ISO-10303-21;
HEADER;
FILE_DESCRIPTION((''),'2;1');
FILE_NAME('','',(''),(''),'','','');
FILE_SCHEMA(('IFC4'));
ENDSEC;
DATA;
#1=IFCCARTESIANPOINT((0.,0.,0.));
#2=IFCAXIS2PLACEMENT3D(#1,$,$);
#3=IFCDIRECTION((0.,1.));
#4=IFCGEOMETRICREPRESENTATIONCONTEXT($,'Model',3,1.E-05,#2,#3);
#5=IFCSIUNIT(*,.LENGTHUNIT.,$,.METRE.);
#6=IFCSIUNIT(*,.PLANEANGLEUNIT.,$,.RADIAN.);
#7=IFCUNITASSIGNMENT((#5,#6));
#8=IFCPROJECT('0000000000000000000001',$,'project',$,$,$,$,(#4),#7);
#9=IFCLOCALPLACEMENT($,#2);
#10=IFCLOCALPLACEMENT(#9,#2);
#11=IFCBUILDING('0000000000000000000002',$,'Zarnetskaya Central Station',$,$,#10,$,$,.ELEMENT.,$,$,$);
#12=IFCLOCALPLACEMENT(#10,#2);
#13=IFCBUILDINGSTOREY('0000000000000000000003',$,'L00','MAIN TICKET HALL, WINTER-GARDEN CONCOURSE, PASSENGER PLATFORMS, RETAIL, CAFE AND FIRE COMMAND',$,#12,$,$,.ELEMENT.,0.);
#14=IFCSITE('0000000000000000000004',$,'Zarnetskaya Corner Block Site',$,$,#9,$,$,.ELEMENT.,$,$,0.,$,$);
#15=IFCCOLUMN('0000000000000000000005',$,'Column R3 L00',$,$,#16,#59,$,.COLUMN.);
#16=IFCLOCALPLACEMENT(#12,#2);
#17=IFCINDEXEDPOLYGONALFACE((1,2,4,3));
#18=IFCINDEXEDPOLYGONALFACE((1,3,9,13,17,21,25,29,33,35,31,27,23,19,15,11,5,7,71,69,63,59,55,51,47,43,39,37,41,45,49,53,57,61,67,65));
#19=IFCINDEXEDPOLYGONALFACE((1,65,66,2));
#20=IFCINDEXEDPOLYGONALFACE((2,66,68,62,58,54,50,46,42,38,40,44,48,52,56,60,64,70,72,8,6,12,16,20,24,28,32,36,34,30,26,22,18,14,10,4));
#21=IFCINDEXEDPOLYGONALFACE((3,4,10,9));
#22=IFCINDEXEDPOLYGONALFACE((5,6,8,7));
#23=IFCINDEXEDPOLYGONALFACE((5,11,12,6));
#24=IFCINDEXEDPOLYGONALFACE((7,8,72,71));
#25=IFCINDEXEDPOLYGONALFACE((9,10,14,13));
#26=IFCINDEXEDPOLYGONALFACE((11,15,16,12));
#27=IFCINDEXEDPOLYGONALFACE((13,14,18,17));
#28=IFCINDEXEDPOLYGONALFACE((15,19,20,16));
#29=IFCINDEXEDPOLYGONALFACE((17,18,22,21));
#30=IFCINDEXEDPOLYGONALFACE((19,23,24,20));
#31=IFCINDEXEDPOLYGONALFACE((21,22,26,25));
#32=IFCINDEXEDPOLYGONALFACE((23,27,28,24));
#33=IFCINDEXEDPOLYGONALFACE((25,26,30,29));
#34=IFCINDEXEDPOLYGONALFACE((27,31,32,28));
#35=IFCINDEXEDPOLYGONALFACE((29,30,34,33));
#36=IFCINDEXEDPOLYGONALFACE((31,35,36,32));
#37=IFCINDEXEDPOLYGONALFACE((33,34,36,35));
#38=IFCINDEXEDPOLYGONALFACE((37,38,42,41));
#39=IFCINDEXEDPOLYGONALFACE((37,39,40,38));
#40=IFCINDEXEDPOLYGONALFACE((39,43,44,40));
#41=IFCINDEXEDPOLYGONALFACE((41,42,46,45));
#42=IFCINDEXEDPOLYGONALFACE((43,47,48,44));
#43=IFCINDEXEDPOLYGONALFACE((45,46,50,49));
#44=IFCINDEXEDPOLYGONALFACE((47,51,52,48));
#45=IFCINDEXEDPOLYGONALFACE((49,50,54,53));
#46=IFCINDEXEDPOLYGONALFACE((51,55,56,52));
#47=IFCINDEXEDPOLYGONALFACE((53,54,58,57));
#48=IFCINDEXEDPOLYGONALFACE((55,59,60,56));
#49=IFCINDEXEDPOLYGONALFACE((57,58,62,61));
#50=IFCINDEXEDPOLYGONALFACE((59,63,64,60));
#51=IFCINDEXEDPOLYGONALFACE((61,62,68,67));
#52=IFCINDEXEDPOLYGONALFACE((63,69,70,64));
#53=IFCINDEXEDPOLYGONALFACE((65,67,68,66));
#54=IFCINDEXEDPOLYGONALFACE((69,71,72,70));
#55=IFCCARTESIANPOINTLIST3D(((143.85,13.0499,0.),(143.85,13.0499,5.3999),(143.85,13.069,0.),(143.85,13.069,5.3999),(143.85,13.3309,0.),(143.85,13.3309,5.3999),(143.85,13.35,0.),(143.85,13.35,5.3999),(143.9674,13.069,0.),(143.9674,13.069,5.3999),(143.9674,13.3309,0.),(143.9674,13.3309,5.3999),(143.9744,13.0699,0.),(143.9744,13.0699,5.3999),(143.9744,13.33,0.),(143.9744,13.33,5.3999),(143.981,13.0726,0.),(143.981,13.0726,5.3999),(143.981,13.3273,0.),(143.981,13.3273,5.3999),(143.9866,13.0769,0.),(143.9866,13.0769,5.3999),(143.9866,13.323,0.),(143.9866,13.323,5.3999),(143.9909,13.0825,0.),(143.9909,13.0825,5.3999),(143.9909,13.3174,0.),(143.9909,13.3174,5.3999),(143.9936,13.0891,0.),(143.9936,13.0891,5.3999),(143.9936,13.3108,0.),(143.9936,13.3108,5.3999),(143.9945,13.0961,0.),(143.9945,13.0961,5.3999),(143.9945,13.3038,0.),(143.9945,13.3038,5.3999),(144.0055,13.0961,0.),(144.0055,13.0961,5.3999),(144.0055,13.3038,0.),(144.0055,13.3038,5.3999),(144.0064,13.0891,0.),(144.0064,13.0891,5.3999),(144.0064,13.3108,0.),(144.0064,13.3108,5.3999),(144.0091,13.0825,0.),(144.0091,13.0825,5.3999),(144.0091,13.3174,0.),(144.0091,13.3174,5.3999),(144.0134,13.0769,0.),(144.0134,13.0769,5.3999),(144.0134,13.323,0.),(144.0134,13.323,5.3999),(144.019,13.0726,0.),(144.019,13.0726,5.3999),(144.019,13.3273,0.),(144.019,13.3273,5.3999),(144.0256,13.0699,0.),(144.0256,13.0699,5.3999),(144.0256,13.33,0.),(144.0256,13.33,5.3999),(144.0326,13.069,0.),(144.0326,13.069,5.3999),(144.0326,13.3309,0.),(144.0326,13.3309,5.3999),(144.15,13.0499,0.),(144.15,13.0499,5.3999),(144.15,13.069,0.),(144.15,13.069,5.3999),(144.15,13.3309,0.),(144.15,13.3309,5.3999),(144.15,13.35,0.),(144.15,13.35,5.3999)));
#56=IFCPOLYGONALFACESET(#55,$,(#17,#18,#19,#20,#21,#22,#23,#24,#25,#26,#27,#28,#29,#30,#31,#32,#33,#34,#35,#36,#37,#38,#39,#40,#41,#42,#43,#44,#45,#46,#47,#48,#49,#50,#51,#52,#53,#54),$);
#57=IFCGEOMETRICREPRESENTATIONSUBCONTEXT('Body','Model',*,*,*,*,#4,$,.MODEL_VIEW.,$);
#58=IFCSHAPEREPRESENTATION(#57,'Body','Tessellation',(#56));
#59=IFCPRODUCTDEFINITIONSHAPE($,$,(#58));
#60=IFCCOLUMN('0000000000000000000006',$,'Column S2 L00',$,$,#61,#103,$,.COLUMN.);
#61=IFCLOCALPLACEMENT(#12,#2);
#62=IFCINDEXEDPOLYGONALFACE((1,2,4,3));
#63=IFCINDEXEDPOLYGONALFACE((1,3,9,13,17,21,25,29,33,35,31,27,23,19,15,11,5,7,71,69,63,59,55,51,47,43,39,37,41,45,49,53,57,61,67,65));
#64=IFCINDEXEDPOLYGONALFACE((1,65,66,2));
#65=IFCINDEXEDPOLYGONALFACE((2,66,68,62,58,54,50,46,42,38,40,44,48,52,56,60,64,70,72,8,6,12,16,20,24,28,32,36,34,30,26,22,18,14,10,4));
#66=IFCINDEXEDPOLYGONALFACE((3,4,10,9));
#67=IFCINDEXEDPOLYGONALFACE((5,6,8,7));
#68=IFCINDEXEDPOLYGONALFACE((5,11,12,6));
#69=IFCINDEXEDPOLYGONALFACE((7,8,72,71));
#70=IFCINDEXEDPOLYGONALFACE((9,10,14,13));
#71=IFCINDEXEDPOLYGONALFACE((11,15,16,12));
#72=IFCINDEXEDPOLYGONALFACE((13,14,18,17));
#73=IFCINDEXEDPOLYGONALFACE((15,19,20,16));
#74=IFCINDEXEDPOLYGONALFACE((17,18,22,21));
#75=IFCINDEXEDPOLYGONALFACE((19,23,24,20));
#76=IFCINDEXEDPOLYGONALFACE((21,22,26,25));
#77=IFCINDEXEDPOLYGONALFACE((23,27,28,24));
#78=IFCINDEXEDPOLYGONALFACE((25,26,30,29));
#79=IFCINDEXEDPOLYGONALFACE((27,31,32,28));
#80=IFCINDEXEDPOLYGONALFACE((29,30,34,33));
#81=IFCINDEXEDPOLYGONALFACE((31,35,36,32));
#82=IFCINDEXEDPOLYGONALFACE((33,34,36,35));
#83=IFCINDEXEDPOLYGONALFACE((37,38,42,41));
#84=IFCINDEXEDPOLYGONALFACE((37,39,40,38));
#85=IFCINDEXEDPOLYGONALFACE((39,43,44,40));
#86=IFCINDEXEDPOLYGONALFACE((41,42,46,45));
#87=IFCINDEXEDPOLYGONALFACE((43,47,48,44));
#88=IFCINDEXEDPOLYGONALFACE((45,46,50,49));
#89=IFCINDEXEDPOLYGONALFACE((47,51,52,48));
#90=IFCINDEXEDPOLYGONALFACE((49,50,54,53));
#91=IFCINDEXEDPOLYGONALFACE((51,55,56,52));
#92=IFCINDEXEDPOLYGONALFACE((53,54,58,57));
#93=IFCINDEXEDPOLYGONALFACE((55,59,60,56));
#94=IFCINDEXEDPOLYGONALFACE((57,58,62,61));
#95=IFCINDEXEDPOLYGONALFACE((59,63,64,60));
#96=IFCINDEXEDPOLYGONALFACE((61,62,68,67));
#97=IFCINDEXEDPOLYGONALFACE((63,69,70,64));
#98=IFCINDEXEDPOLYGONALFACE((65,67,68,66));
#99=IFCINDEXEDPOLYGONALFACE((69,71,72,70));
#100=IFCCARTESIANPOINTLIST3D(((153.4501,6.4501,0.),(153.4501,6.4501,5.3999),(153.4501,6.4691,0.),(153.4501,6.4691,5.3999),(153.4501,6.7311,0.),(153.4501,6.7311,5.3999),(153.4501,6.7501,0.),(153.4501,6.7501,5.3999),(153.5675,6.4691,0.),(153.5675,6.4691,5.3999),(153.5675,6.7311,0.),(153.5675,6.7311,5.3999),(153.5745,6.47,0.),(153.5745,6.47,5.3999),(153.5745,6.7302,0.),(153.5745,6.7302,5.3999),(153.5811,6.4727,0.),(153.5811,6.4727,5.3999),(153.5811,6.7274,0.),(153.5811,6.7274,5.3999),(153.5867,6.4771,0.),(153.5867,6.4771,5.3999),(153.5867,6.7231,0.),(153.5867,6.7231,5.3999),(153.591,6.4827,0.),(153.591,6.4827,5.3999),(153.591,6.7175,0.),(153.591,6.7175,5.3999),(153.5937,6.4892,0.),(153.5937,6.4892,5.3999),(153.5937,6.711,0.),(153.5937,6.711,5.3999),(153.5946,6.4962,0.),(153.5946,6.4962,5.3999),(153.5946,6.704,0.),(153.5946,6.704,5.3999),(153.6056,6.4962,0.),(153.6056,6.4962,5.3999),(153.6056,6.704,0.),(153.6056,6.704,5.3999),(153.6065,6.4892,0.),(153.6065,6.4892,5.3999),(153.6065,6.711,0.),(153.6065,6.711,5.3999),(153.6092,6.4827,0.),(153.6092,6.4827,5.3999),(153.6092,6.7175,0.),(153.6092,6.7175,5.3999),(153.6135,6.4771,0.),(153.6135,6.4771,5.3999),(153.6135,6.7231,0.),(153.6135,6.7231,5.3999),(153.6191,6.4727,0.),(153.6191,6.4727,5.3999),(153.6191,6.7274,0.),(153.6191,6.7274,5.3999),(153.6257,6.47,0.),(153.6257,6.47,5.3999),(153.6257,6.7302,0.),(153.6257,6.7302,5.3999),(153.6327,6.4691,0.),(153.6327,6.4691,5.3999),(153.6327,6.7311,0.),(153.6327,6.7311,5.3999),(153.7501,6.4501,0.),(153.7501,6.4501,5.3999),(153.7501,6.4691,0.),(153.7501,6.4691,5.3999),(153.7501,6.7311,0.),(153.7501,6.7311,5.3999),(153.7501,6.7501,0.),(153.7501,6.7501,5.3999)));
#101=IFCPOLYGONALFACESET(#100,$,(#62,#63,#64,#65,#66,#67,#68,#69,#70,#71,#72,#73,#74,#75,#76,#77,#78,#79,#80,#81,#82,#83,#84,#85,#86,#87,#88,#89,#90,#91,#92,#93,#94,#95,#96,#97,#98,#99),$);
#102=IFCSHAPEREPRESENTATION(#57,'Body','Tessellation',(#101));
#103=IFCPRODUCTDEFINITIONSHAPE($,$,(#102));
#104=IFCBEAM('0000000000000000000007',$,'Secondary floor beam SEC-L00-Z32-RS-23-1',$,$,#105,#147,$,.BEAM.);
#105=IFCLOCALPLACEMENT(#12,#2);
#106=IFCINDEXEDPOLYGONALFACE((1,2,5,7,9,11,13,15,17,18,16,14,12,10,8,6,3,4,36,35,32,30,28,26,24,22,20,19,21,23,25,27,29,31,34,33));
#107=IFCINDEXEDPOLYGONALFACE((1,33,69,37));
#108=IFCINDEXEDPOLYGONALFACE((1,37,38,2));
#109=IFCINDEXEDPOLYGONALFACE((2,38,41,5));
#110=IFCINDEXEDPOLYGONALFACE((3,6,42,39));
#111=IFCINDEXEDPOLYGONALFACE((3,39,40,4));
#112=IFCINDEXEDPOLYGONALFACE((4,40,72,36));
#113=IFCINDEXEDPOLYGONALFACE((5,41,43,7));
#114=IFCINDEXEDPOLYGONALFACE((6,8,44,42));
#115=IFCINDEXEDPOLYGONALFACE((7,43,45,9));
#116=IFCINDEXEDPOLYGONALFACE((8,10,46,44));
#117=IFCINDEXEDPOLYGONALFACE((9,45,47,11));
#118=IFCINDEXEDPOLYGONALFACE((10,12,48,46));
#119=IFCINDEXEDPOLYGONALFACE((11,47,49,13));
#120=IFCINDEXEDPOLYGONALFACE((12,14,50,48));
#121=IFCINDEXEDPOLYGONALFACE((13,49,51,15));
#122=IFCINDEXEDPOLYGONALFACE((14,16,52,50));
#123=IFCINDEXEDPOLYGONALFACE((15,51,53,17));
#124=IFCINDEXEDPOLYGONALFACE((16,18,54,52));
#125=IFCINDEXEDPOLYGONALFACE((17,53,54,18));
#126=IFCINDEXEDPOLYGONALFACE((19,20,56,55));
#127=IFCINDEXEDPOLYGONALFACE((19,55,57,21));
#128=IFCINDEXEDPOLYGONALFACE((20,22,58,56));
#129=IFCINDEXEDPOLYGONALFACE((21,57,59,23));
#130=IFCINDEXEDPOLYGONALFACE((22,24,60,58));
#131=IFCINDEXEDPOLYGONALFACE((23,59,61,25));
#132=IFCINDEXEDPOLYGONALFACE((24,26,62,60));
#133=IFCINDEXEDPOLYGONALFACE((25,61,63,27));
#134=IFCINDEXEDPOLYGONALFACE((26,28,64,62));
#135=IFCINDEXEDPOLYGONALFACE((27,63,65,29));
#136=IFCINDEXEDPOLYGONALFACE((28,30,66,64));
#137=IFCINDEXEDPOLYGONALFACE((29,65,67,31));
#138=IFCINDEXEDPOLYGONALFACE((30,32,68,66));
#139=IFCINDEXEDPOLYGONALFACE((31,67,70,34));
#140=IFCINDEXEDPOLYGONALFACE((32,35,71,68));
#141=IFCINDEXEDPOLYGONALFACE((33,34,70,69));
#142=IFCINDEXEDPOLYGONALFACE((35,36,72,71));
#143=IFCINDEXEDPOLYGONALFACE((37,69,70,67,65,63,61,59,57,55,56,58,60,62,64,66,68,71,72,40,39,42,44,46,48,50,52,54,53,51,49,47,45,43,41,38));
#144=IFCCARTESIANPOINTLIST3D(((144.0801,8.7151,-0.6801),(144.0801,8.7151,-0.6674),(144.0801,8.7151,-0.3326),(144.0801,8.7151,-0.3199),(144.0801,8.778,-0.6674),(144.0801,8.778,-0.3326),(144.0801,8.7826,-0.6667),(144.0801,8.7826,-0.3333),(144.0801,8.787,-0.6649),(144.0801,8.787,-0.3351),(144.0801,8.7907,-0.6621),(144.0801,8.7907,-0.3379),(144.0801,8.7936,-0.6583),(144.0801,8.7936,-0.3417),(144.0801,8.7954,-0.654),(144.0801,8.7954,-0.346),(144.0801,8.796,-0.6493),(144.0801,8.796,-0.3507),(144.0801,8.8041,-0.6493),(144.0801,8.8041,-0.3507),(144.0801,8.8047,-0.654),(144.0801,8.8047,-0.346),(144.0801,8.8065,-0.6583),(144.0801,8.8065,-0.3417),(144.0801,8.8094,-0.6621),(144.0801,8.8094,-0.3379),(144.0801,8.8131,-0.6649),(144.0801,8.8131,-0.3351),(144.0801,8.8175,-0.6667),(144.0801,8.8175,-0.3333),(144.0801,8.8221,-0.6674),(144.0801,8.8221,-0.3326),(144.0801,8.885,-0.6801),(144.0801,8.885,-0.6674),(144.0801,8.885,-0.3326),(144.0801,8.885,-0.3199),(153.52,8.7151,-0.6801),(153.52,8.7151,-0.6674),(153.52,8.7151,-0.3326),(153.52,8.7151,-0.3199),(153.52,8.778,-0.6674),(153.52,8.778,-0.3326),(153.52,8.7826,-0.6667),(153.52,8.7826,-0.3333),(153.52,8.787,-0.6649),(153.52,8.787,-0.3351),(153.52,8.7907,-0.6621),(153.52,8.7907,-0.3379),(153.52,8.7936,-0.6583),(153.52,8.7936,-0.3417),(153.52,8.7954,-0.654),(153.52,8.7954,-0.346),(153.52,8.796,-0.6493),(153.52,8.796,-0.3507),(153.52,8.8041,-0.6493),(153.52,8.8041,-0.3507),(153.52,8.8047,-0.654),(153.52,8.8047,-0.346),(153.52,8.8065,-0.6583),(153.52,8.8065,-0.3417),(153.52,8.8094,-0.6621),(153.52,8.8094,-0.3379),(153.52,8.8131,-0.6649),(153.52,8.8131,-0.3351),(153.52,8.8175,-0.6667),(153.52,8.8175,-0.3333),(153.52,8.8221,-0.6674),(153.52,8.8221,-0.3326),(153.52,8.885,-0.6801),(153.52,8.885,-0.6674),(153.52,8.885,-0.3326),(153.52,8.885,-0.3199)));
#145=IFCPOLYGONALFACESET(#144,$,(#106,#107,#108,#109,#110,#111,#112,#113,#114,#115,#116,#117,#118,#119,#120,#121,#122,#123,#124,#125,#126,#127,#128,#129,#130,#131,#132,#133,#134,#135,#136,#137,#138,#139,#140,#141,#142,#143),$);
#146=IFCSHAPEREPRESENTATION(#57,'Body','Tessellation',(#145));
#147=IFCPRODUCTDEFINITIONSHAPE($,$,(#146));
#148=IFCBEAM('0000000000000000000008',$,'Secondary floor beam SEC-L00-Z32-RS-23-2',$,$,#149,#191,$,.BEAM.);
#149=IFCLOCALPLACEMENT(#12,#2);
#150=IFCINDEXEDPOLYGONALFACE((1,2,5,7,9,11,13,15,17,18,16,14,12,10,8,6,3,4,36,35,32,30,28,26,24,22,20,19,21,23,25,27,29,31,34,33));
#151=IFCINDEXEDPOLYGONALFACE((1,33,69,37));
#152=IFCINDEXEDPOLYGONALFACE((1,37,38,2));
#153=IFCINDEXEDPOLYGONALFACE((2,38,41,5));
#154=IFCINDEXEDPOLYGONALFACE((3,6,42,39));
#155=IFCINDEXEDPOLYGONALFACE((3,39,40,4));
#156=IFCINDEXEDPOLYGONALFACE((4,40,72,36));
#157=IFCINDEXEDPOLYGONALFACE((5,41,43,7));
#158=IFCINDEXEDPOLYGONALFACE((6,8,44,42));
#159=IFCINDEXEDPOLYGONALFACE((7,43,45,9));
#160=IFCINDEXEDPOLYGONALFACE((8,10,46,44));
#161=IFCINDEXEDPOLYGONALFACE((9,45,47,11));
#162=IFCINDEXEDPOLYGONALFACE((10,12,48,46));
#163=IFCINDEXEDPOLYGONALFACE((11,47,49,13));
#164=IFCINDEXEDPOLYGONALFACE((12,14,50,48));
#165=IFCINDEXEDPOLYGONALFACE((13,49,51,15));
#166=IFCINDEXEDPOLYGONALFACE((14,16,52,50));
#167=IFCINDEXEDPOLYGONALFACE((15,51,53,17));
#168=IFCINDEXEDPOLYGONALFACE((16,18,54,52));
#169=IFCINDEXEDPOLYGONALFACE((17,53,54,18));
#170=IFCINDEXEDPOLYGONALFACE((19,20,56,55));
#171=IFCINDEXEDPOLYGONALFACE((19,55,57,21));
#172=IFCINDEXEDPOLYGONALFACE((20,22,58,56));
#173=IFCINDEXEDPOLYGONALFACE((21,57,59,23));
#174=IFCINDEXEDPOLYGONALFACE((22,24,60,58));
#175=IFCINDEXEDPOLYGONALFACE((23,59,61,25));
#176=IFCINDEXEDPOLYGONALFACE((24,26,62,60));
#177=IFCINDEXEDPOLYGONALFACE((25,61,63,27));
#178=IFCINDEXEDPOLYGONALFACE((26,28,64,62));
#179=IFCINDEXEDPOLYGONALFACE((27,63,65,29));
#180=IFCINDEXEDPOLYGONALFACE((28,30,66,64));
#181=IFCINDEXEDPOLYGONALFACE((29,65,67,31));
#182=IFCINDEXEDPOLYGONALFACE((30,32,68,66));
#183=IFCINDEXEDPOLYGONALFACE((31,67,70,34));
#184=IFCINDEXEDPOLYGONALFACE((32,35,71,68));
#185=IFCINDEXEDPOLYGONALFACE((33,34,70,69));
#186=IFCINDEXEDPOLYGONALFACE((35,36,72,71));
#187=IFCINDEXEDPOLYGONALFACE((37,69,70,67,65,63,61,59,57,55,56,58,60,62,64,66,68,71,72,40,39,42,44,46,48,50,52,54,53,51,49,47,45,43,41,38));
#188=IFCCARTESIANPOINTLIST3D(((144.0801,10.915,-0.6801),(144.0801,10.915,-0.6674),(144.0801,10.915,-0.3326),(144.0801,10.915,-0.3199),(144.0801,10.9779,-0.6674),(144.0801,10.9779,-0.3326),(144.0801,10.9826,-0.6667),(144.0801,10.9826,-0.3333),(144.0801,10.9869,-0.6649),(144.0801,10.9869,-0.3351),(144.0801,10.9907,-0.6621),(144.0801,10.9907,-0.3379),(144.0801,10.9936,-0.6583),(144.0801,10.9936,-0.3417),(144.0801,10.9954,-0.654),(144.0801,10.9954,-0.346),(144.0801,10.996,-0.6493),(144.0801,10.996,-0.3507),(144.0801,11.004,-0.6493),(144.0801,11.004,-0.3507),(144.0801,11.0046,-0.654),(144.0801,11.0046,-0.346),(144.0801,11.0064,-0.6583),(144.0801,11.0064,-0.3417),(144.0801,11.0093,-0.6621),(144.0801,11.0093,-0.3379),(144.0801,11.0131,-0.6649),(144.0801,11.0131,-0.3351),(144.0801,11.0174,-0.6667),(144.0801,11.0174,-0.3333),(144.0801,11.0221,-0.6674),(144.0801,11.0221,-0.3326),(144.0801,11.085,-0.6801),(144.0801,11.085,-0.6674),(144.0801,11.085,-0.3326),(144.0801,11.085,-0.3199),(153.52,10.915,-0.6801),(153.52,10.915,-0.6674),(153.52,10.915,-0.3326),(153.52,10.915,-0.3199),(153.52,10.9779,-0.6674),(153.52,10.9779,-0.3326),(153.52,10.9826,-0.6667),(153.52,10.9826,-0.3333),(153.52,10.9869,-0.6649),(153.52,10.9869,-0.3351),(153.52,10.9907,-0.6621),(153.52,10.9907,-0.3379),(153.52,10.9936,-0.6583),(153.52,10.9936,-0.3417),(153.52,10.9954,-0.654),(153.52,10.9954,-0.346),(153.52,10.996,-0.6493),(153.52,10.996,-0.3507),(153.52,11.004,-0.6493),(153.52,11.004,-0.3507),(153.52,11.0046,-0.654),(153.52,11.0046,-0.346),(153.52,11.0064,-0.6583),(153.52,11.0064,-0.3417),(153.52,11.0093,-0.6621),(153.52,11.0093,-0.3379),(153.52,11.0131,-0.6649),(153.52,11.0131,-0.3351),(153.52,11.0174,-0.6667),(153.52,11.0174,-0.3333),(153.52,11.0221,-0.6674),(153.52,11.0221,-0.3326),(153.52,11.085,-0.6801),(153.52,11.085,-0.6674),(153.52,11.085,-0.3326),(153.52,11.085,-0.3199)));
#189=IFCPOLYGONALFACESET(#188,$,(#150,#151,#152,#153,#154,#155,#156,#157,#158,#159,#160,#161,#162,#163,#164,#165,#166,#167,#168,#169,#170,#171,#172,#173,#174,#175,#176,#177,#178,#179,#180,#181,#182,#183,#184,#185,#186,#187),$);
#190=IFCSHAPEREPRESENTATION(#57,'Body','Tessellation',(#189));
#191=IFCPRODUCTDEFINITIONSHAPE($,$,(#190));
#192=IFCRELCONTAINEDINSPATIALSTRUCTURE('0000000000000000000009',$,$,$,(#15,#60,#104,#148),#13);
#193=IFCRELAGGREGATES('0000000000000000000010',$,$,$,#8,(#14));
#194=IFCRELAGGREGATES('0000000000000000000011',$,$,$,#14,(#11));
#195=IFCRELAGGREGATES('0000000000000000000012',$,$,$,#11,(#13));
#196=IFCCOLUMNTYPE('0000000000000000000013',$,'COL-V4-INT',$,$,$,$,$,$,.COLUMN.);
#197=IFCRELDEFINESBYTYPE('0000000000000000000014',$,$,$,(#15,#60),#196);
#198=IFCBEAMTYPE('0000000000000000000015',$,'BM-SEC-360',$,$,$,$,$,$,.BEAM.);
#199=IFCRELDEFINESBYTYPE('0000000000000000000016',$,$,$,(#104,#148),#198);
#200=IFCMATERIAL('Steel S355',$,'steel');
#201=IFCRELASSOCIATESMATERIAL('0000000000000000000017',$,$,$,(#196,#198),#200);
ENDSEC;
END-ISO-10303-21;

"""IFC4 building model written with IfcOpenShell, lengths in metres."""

from ifc_helpers import new_model, si_unit, direction, frame, origin, origin_2d, place, context, subcontext, project, spatial, i_section, extrude, material, material_profile, profile_set, type_object, element, save


model = new_model("IFC4")

# Units and contexts
model_context = context("Model", 3, precision=1e-05, world=origin(), true_north=direction((0.0, 1.0)))
body_context = subcontext(model_context, "Body", "Model", "MODEL_VIEW")
ifc_project = project(units=[si_unit("LENGTHUNIT", "METRE"), si_unit("PLANEANGLEUNIT", "RADIAN")], contexts=[model_context])

# Site, building, storey
site_placement = place(None, origin())
site = spatial("IfcSite", under=ifc_project, at=site_placement, Name="Zarnetskaya Corner Block Site", CompositionType="ELEMENT", RefElevation=0.0)
building_placement = place(site_placement, origin())
building = spatial("IfcBuilding", under=site, at=building_placement, Name="Zarnetskaya Central Station", CompositionType="ELEMENT")
storey_placement = place(building_placement, origin())
storey = spatial("IfcBuildingStorey", under=building, at=storey_placement, Name="L00", Description="MAIN TICKET HALL, WINTER-GARDEN CONCOURSE, PASSENGER PLATFORMS, RETAIL, CAFE AND FIRE COMMAND", CompositionType="ELEMENT", Elevation=0.0)

# Columns
ifc_material_1 = material(Name="Steel S355", Category="steel")
ifc_material_profile_1 = material_profile(ifc_material_1, i_section(OverallWidth=0.3, OverallDepth=0.3, WebThickness=0.011, FlangeThickness=0.019, FilletRadius=0.0271, at=origin_2d()), Name="HEB 300")
ifc_profile_set_1 = profile_set([ifc_material_profile_1], Name="Steel S355")
column_type = type_object("IfcColumnType", Name="COL-V4-INT", PredefinedType="COLUMN", material=ifc_profile_set_1)
for number, where, z_axis, x_axis, name in (
    (1, (144.0, 13.2, 0.0), (0.0, 0.0, 1.0), (1.0, 0.0, 0.0), "Column R3 L00"),
    (2, (153.6001, 6.6001, 0.0), (0.0, 0.0, 1.0), (1.0, 0.0, 0.0), "Column S2 L00"),
):
    element("IfcColumn", number, at=place(storey_placement, frame(where, z_axis=z_axis, x_axis=x_axis)), inside=storey, type_object=column_type, Name=name, PredefinedType="COLUMN", context=body_context, shape_type="SweptSolid", body=[
        extrude(i_section(OverallWidth=0.3, OverallDepth=0.3, WebThickness=0.011, FlangeThickness=0.019, FilletRadius=0.0271, at=origin_2d()), origin(), (0.0, 0.0, 1.0), 5.3999),
    ])

# Beams
ifc_material_profile_2 = material_profile(ifc_material_1, i_section(OverallWidth=0.1699, OverallDepth=0.3601, WebThickness=0.0081, FlangeThickness=0.0127, FilletRadius=0.0181, at=origin_2d()), Name="IPE 360")
ifc_profile_set_2 = profile_set([ifc_material_profile_2], Name="Steel S355")
beam_type_1 = type_object("IfcBeamType", Name="BM-SEC-360", PredefinedType="BEAM", material=ifc_profile_set_2)
for number, where, z_axis, x_axis, name in (
    (3, (144.0801, 8.8, -0.5), (1.0, 0.0, 0.0), (0.0, 1.0, 0.0), "Secondary floor beam SEC-L00-Z32-RS-23-1"),
    (4, (144.0801, 11.0, -0.5), (1.0, 0.0, 0.0), (0.0, 1.0, 0.0), "Secondary floor beam SEC-L00-Z32-RS-23-2"),
):
    element("IfcBeam", number, at=place(storey_placement, frame(where, z_axis=z_axis, x_axis=x_axis)), inside=storey, type_object=beam_type_1, Name=name, PredefinedType="BEAM", context=body_context, shape_type="SweptSolid", body=[
        extrude(i_section(OverallWidth=0.1699, OverallDepth=0.3601, WebThickness=0.0081, FlangeThickness=0.0127, FilletRadius=0.0181, at=origin_2d()), origin(), (0.0, 0.0, 1.0), 9.4399),
    ])

save(model, "model.ifc")
